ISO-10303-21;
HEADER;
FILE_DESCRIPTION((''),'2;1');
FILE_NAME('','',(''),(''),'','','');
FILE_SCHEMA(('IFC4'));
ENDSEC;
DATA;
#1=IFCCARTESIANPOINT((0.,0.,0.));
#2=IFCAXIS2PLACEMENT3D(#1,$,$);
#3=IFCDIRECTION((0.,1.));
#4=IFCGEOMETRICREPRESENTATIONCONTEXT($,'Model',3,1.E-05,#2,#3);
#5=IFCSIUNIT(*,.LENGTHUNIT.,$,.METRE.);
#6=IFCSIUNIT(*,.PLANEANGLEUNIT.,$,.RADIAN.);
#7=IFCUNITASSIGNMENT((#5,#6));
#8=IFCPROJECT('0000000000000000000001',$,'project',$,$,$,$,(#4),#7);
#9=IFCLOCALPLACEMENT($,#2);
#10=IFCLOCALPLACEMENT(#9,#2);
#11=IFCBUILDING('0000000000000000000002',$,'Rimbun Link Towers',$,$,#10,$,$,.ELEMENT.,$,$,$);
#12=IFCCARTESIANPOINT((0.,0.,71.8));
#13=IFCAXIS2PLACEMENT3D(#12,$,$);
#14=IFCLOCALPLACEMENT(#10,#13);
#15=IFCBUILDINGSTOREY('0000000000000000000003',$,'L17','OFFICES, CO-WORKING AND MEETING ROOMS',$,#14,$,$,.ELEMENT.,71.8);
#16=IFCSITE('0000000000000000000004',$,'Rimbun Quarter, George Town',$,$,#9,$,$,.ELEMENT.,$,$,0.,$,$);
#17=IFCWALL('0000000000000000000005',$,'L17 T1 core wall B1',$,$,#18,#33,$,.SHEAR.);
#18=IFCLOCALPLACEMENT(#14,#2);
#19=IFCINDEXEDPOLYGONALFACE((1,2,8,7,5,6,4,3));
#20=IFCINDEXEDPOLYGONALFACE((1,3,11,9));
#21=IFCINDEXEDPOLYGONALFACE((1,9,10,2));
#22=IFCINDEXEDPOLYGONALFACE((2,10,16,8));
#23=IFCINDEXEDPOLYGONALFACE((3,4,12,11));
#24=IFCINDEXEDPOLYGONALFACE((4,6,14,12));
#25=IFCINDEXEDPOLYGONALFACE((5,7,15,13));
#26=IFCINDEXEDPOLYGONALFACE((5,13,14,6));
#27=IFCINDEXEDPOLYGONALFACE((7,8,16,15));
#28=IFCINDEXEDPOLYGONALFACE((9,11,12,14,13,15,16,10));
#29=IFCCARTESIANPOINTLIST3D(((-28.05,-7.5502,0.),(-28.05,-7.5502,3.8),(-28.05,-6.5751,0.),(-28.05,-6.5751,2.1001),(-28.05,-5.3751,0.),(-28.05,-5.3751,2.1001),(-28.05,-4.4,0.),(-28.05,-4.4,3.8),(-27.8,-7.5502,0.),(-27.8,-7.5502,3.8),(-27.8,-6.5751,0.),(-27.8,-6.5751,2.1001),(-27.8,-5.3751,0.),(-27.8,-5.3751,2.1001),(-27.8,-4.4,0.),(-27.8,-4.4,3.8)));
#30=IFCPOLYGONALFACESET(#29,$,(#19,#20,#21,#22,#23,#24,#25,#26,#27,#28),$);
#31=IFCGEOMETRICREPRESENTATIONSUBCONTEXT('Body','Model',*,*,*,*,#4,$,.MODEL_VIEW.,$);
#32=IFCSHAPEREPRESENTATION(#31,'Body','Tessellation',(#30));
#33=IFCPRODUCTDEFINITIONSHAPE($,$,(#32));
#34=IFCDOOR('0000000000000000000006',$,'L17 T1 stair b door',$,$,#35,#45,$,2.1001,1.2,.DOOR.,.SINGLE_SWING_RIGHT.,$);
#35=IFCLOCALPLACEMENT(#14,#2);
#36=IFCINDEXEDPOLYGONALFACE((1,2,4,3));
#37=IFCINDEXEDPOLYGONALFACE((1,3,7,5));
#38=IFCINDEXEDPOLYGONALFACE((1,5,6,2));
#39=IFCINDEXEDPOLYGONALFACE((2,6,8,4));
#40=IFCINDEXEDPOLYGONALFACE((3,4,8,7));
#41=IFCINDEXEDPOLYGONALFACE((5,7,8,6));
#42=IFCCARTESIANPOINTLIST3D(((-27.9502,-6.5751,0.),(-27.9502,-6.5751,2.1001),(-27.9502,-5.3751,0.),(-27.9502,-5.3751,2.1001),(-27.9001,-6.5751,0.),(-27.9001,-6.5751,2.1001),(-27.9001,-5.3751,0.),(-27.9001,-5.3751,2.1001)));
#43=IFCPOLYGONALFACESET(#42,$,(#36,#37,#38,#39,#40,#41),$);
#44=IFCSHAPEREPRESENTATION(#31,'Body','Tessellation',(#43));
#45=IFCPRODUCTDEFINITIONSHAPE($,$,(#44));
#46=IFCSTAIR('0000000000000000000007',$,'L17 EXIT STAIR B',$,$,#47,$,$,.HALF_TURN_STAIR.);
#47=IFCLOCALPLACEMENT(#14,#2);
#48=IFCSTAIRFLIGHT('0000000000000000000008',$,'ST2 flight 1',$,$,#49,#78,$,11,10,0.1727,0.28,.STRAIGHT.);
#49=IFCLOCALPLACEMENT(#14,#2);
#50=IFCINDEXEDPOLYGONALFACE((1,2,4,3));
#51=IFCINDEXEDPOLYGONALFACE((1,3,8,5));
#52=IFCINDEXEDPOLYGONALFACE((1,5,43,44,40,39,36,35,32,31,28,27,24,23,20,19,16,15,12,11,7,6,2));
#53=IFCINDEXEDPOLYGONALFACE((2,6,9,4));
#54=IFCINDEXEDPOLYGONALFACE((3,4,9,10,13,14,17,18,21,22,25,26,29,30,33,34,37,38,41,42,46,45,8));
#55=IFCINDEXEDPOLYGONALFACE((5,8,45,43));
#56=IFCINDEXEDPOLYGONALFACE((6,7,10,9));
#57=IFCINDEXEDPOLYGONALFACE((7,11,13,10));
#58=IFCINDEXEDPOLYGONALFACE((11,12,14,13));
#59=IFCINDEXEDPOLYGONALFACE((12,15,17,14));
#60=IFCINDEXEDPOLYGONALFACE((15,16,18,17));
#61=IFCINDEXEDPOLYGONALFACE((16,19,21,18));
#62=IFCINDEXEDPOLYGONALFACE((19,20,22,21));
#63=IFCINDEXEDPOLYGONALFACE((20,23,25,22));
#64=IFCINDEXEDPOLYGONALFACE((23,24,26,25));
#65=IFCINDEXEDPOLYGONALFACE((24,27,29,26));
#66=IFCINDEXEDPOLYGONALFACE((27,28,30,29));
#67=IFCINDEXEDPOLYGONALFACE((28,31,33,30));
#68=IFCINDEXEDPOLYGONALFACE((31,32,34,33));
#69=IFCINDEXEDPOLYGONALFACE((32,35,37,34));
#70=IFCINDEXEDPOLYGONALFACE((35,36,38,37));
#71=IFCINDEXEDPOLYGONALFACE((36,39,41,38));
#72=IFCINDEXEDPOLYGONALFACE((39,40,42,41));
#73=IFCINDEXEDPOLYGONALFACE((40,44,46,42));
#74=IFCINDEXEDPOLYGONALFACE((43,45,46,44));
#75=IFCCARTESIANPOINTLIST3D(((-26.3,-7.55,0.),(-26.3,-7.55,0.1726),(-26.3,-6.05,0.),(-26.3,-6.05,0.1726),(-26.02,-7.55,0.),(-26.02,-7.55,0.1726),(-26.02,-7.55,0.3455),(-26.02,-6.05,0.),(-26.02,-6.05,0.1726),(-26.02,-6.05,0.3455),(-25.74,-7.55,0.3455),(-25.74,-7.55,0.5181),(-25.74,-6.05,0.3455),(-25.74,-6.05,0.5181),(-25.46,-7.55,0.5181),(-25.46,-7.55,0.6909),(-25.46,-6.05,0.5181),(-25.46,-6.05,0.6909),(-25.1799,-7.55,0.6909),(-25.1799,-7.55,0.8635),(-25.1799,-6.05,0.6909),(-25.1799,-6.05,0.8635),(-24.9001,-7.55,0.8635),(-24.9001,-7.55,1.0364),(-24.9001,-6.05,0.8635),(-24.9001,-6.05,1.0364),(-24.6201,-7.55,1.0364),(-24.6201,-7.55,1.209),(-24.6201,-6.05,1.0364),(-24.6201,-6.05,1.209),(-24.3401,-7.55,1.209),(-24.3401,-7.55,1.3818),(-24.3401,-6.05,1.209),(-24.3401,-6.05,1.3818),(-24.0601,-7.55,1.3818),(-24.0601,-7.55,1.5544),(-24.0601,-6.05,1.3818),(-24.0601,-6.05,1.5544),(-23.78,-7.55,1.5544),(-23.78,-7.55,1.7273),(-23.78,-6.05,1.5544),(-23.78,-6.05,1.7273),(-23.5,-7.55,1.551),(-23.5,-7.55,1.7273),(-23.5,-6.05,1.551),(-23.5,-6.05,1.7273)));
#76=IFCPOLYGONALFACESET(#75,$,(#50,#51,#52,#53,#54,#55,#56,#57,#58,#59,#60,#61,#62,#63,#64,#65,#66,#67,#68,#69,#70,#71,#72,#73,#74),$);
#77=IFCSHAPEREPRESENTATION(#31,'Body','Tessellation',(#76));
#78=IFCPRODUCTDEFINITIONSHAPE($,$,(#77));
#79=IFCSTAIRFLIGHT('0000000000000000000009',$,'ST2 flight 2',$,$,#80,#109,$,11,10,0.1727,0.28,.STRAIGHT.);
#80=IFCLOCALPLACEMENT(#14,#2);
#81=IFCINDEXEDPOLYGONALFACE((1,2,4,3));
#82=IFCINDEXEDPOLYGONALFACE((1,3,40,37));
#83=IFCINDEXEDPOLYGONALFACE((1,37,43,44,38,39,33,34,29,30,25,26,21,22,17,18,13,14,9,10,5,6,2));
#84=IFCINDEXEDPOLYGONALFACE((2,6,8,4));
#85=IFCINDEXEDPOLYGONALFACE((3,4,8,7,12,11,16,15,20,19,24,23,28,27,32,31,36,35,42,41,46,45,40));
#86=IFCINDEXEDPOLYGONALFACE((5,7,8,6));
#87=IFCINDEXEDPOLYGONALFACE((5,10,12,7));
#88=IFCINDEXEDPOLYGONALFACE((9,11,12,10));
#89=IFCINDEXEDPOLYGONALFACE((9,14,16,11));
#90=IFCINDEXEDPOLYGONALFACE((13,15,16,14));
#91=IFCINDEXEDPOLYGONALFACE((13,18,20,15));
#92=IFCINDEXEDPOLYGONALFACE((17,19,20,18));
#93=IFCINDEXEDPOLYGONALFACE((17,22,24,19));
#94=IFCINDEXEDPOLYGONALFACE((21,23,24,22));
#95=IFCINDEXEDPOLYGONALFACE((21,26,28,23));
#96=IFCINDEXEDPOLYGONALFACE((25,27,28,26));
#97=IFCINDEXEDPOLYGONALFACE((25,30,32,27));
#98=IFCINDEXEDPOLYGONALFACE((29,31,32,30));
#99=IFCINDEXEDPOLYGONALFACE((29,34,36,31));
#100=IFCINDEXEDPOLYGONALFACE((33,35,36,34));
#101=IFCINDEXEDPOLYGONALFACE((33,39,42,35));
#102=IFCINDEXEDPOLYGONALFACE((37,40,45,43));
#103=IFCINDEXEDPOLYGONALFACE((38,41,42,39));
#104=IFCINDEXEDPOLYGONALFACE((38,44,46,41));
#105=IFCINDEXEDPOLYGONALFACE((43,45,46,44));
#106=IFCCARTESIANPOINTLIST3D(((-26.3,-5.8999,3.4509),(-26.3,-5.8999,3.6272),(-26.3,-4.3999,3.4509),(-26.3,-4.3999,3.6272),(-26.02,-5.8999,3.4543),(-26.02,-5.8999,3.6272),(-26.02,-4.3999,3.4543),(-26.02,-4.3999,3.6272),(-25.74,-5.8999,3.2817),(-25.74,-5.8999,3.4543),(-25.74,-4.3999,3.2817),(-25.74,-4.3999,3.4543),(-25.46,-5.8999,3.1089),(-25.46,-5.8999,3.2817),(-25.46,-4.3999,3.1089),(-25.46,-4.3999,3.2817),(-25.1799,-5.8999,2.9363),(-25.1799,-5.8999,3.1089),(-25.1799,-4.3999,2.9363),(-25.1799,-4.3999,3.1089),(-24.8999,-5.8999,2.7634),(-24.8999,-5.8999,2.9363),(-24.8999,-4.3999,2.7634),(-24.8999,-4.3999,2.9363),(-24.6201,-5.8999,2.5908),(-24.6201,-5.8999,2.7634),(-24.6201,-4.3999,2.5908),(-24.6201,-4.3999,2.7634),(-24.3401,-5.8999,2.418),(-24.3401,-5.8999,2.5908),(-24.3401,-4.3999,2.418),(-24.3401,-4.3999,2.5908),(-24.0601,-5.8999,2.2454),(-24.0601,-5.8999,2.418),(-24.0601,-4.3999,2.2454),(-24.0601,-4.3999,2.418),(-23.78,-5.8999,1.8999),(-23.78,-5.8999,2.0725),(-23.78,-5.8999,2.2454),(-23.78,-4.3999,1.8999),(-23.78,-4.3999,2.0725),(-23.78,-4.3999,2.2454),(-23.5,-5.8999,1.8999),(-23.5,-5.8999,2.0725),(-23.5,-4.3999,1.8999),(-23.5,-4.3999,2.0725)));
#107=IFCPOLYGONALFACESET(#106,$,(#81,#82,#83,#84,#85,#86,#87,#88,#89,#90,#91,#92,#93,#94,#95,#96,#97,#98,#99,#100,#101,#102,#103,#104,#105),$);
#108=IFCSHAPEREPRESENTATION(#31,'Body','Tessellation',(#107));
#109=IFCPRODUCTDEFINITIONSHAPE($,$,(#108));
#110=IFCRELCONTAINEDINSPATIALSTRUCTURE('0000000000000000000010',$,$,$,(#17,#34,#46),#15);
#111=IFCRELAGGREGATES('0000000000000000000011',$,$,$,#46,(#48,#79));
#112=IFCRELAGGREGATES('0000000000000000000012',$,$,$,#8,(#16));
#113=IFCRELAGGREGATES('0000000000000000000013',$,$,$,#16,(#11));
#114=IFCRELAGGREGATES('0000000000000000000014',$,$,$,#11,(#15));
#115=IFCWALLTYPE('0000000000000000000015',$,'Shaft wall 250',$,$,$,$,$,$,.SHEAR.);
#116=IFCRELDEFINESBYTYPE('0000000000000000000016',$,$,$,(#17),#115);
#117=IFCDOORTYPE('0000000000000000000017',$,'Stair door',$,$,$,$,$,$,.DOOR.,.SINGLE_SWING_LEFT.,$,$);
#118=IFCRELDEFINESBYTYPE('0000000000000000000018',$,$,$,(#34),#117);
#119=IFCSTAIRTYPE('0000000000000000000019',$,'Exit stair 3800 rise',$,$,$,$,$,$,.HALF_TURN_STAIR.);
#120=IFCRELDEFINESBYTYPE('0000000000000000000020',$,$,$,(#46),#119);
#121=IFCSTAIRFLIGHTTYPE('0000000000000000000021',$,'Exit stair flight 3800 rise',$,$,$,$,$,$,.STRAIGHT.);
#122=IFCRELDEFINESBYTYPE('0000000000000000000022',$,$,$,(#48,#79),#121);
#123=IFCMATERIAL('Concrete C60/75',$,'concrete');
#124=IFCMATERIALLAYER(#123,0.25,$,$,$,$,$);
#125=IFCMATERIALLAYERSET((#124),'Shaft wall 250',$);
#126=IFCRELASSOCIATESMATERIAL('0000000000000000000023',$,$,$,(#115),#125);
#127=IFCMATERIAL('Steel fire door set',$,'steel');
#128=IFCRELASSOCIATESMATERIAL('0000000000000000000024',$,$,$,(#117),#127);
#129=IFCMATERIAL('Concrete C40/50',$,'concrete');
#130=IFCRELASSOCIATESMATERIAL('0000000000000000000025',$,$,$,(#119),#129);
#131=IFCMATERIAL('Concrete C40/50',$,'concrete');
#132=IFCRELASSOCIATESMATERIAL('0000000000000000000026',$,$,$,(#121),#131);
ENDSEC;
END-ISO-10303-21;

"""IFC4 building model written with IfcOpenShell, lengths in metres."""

from ifc_helpers import new_model, si_unit, direction, frame, frame_2d, origin, place, context, subcontext, project, spatial, polyline, rectangle, outline, extrude, material, layer, layer_set, type_object, element, fill, aggregate, save


model = new_model("IFC4")

# Units and contexts
model_context = context("Model", 3, precision=1e-05, world=origin(), true_north=direction((0.0, 1.0)))
body_context = subcontext(model_context, "Body", "Model", "MODEL_VIEW")
ifc_project = project(units=[si_unit("LENGTHUNIT", "METRE"), si_unit("PLANEANGLEUNIT", "RADIAN")], contexts=[model_context])

# Site, building, storey
site_placement = place(None, origin())
site = spatial("IfcSite", under=ifc_project, at=site_placement, Name="Rimbun Quarter, George Town", CompositionType="ELEMENT", RefElevation=0.0)
building_placement = place(site_placement, origin())
building = spatial("IfcBuilding", under=site, at=building_placement, Name="Rimbun Link Towers", CompositionType="ELEMENT")
storey_placement = place(building_placement, frame((0.0, 0.0, 71.8)))
storey = spatial("IfcBuildingStorey", under=building, at=storey_placement, Name="L17", Description="OFFICES, CO-WORKING AND MEETING ROOMS", CompositionType="ELEMENT", Elevation=71.8)

# Shared definitions
ifc_material_1 = material(Name="Concrete C60/75", Category="concrete")
ifc_layer_1 = layer(ifc_material_1, 0.25)
ifc_layer_set_1 = layer_set([ifc_layer_1], Name="Shaft wall 250")
wall_type_1 = type_object("IfcWallType", Name="Shaft wall 250", PredefinedType="SHEAR", material=ifc_layer_set_1)

# Wall, opening, door
wall_1_placement = place(storey_placement, frame((-27.925, -4.3999, 0.0), z_axis=(0.0, 0.0, 1.0), x_axis=(0.0, -1.0, 0.0)))
wall_1 = element("IfcWall", 1, at=wall_1_placement, inside=storey, type_object=wall_type_1, Name="L17 T1 core wall B1", PredefinedType="SHEAR", context=body_context, shape_type="SweptSolid", body=[
    extrude(rectangle(XDim=3.1501, YDim=0.25, at=frame_2d((1.5752, 0.0))), origin(), (0.0, 0.0, 1.0), 3.8),
])
opening_1_placement = place(wall_1_placement, frame((0.9751, 0.0, 0.0)))
opening_1 = element("IfcOpeningElement", 2, at=opening_1_placement, cuts=wall_1, PredefinedType="OPENING", context=body_context, shape_type="SweptSolid", body=[
    extrude(rectangle(XDim=1.2, YDim=2.1001, at=frame_2d((0.6001, 1.05))), frame((0.0, 0.135, 0.0), z_axis=(0.0, -1.0, 0.0), x_axis=(1.0, 0.0, 0.0)), (0.0, 0.0, 1.0), 0.27),
])
ifc_material_2 = material(Name="Steel fire door set", Category="steel")
door_type_1 = type_object("IfcDoorType", Name="Stair door", OperationType="SINGLE_SWING_LEFT", PredefinedType="DOOR", material=ifc_material_2)
door_1_placement = place(opening_1_placement, origin())
door_1 = element("IfcDoor", 3, at=door_1_placement, inside=storey, type_object=door_type_1, Name="L17 T1 stair b door", OperationType="SINGLE_SWING_RIGHT", OverallHeight=2.1001, OverallWidth=1.2, PredefinedType="DOOR", context=body_context, shape_type="SweptSolid", body=[
    extrude(rectangle(XDim=1.2, YDim=2.1001, at=frame_2d((0.6001, 1.05))), frame((0.0, 0.0249, 0.0), z_axis=(0.0, -1.0, 0.0), x_axis=(1.0, 0.0, 0.0)), (0.0, 0.0, 1.0), 0.05),
])
fill(opening_1, door_1)

# Stair, stair flights
ifc_material_3 = material(Name="Concrete C40/50", Category="concrete")
stair_type = type_object("IfcStairType", Name="Exit stair 3800 rise", PredefinedType="HALF_TURN_STAIR", material=ifc_material_3)
stair_placement = place(storey_placement, origin())
stair = element("IfcStair", 4, at=stair_placement, inside=storey, type_object=stair_type, Name="L17 EXIT STAIR B", PredefinedType="HALF_TURN_STAIR")
ifc_material_4 = material(Name="Concrete C40/50", Category="concrete")
stair_flight_type = type_object("IfcStairFlightType", Name="Exit stair flight 3800 rise", PredefinedType="STRAIGHT", material=ifc_material_4)
stair_flight_1_placement = place(storey_placement, frame((-26.3, -6.8, 0.0), z_axis=(0.0, 0.0, 1.0), x_axis=(1.0, 0.0, 0.0)))
stair_flight_1 = element("IfcStairFlight", 5, at=stair_flight_1_placement, type_object=stair_flight_type, Name="ST2 flight 1", NumberOfRisers=11, NumberOfTreads=10, PredefinedType="STRAIGHT", RiserHeight=0.1727, TreadLength=0.28, context=body_context, shape_type="SweptSolid", body=[
    extrude(outline(polyline([(0.0, 0.0), (0.0, 0.1726), (0.28, 0.1726), (0.28, 0.3455), (0.5601, 0.3455), (0.5601, 0.5181), (0.8401, 0.5181), (0.8401, 0.6909), (1.1201, 0.6909), (1.1201, 0.8635), (1.3999, 0.8635), (1.3999, 1.0364), (1.6799, 1.0364), (1.6799, 1.209), (1.96, 1.209), (1.96, 1.3818), (2.24, 1.3818), (2.24, 1.5544), (2.52, 1.5544), (2.52, 1.7273), (2.8, 1.7273), (2.8, 1.8999), (2.8, 1.551), (0.28, 0.0), (0.0, 0.0)])), frame((0.0, 0.75, 0.0), z_axis=(0.0, -1.0, 0.0), x_axis=(1.0, 0.0, 0.0)), (0.0, 0.0, 1.0), 1.5),
])
stair_flight_2_placement = place(storey_placement, frame((-23.5, -5.1499, 1.8999), z_axis=(0.0, 0.0, 1.0), x_axis=(-1.0, 0.0, 0.0)))
stair_flight_2 = element("IfcStairFlight", 6, at=stair_flight_2_placement, type_object=stair_flight_type, Name="ST2 flight 2", NumberOfRisers=11, NumberOfTreads=10, PredefinedType="STRAIGHT", RiserHeight=0.1727, TreadLength=0.28, context=body_context, shape_type="SweptSolid", body=[
    extrude(outline(polyline([(0.0, 0.0), (0.0, 0.1726), (0.28, 0.1726), (0.28, 0.3455), (0.5601, 0.3455), (0.5601, 0.5181), (0.8401, 0.5181), (0.8401, 0.6909), (1.1201, 0.6909), (1.1201, 0.8635), (1.3999, 0.8635), (1.3999, 1.0364), (1.6799, 1.0364), (1.6799, 1.209), (1.96, 1.209), (1.96, 1.3818), (2.24, 1.3818), (2.24, 1.5544), (2.52, 1.5544), (2.52, 1.7273), (2.8, 1.7273), (2.8, 1.8999), (2.8, 1.551), (0.28, 0.0), (0.0, 0.0)])), frame((0.0, 0.75, 0.0), z_axis=(0.0, -1.0, 0.0), x_axis=(1.0, 0.0, 0.0)), (0.0, 0.0, 1.0), 1.5),
])
aggregate(stair, [stair_flight_1, stair_flight_2])

save(model, "model.ifc")
